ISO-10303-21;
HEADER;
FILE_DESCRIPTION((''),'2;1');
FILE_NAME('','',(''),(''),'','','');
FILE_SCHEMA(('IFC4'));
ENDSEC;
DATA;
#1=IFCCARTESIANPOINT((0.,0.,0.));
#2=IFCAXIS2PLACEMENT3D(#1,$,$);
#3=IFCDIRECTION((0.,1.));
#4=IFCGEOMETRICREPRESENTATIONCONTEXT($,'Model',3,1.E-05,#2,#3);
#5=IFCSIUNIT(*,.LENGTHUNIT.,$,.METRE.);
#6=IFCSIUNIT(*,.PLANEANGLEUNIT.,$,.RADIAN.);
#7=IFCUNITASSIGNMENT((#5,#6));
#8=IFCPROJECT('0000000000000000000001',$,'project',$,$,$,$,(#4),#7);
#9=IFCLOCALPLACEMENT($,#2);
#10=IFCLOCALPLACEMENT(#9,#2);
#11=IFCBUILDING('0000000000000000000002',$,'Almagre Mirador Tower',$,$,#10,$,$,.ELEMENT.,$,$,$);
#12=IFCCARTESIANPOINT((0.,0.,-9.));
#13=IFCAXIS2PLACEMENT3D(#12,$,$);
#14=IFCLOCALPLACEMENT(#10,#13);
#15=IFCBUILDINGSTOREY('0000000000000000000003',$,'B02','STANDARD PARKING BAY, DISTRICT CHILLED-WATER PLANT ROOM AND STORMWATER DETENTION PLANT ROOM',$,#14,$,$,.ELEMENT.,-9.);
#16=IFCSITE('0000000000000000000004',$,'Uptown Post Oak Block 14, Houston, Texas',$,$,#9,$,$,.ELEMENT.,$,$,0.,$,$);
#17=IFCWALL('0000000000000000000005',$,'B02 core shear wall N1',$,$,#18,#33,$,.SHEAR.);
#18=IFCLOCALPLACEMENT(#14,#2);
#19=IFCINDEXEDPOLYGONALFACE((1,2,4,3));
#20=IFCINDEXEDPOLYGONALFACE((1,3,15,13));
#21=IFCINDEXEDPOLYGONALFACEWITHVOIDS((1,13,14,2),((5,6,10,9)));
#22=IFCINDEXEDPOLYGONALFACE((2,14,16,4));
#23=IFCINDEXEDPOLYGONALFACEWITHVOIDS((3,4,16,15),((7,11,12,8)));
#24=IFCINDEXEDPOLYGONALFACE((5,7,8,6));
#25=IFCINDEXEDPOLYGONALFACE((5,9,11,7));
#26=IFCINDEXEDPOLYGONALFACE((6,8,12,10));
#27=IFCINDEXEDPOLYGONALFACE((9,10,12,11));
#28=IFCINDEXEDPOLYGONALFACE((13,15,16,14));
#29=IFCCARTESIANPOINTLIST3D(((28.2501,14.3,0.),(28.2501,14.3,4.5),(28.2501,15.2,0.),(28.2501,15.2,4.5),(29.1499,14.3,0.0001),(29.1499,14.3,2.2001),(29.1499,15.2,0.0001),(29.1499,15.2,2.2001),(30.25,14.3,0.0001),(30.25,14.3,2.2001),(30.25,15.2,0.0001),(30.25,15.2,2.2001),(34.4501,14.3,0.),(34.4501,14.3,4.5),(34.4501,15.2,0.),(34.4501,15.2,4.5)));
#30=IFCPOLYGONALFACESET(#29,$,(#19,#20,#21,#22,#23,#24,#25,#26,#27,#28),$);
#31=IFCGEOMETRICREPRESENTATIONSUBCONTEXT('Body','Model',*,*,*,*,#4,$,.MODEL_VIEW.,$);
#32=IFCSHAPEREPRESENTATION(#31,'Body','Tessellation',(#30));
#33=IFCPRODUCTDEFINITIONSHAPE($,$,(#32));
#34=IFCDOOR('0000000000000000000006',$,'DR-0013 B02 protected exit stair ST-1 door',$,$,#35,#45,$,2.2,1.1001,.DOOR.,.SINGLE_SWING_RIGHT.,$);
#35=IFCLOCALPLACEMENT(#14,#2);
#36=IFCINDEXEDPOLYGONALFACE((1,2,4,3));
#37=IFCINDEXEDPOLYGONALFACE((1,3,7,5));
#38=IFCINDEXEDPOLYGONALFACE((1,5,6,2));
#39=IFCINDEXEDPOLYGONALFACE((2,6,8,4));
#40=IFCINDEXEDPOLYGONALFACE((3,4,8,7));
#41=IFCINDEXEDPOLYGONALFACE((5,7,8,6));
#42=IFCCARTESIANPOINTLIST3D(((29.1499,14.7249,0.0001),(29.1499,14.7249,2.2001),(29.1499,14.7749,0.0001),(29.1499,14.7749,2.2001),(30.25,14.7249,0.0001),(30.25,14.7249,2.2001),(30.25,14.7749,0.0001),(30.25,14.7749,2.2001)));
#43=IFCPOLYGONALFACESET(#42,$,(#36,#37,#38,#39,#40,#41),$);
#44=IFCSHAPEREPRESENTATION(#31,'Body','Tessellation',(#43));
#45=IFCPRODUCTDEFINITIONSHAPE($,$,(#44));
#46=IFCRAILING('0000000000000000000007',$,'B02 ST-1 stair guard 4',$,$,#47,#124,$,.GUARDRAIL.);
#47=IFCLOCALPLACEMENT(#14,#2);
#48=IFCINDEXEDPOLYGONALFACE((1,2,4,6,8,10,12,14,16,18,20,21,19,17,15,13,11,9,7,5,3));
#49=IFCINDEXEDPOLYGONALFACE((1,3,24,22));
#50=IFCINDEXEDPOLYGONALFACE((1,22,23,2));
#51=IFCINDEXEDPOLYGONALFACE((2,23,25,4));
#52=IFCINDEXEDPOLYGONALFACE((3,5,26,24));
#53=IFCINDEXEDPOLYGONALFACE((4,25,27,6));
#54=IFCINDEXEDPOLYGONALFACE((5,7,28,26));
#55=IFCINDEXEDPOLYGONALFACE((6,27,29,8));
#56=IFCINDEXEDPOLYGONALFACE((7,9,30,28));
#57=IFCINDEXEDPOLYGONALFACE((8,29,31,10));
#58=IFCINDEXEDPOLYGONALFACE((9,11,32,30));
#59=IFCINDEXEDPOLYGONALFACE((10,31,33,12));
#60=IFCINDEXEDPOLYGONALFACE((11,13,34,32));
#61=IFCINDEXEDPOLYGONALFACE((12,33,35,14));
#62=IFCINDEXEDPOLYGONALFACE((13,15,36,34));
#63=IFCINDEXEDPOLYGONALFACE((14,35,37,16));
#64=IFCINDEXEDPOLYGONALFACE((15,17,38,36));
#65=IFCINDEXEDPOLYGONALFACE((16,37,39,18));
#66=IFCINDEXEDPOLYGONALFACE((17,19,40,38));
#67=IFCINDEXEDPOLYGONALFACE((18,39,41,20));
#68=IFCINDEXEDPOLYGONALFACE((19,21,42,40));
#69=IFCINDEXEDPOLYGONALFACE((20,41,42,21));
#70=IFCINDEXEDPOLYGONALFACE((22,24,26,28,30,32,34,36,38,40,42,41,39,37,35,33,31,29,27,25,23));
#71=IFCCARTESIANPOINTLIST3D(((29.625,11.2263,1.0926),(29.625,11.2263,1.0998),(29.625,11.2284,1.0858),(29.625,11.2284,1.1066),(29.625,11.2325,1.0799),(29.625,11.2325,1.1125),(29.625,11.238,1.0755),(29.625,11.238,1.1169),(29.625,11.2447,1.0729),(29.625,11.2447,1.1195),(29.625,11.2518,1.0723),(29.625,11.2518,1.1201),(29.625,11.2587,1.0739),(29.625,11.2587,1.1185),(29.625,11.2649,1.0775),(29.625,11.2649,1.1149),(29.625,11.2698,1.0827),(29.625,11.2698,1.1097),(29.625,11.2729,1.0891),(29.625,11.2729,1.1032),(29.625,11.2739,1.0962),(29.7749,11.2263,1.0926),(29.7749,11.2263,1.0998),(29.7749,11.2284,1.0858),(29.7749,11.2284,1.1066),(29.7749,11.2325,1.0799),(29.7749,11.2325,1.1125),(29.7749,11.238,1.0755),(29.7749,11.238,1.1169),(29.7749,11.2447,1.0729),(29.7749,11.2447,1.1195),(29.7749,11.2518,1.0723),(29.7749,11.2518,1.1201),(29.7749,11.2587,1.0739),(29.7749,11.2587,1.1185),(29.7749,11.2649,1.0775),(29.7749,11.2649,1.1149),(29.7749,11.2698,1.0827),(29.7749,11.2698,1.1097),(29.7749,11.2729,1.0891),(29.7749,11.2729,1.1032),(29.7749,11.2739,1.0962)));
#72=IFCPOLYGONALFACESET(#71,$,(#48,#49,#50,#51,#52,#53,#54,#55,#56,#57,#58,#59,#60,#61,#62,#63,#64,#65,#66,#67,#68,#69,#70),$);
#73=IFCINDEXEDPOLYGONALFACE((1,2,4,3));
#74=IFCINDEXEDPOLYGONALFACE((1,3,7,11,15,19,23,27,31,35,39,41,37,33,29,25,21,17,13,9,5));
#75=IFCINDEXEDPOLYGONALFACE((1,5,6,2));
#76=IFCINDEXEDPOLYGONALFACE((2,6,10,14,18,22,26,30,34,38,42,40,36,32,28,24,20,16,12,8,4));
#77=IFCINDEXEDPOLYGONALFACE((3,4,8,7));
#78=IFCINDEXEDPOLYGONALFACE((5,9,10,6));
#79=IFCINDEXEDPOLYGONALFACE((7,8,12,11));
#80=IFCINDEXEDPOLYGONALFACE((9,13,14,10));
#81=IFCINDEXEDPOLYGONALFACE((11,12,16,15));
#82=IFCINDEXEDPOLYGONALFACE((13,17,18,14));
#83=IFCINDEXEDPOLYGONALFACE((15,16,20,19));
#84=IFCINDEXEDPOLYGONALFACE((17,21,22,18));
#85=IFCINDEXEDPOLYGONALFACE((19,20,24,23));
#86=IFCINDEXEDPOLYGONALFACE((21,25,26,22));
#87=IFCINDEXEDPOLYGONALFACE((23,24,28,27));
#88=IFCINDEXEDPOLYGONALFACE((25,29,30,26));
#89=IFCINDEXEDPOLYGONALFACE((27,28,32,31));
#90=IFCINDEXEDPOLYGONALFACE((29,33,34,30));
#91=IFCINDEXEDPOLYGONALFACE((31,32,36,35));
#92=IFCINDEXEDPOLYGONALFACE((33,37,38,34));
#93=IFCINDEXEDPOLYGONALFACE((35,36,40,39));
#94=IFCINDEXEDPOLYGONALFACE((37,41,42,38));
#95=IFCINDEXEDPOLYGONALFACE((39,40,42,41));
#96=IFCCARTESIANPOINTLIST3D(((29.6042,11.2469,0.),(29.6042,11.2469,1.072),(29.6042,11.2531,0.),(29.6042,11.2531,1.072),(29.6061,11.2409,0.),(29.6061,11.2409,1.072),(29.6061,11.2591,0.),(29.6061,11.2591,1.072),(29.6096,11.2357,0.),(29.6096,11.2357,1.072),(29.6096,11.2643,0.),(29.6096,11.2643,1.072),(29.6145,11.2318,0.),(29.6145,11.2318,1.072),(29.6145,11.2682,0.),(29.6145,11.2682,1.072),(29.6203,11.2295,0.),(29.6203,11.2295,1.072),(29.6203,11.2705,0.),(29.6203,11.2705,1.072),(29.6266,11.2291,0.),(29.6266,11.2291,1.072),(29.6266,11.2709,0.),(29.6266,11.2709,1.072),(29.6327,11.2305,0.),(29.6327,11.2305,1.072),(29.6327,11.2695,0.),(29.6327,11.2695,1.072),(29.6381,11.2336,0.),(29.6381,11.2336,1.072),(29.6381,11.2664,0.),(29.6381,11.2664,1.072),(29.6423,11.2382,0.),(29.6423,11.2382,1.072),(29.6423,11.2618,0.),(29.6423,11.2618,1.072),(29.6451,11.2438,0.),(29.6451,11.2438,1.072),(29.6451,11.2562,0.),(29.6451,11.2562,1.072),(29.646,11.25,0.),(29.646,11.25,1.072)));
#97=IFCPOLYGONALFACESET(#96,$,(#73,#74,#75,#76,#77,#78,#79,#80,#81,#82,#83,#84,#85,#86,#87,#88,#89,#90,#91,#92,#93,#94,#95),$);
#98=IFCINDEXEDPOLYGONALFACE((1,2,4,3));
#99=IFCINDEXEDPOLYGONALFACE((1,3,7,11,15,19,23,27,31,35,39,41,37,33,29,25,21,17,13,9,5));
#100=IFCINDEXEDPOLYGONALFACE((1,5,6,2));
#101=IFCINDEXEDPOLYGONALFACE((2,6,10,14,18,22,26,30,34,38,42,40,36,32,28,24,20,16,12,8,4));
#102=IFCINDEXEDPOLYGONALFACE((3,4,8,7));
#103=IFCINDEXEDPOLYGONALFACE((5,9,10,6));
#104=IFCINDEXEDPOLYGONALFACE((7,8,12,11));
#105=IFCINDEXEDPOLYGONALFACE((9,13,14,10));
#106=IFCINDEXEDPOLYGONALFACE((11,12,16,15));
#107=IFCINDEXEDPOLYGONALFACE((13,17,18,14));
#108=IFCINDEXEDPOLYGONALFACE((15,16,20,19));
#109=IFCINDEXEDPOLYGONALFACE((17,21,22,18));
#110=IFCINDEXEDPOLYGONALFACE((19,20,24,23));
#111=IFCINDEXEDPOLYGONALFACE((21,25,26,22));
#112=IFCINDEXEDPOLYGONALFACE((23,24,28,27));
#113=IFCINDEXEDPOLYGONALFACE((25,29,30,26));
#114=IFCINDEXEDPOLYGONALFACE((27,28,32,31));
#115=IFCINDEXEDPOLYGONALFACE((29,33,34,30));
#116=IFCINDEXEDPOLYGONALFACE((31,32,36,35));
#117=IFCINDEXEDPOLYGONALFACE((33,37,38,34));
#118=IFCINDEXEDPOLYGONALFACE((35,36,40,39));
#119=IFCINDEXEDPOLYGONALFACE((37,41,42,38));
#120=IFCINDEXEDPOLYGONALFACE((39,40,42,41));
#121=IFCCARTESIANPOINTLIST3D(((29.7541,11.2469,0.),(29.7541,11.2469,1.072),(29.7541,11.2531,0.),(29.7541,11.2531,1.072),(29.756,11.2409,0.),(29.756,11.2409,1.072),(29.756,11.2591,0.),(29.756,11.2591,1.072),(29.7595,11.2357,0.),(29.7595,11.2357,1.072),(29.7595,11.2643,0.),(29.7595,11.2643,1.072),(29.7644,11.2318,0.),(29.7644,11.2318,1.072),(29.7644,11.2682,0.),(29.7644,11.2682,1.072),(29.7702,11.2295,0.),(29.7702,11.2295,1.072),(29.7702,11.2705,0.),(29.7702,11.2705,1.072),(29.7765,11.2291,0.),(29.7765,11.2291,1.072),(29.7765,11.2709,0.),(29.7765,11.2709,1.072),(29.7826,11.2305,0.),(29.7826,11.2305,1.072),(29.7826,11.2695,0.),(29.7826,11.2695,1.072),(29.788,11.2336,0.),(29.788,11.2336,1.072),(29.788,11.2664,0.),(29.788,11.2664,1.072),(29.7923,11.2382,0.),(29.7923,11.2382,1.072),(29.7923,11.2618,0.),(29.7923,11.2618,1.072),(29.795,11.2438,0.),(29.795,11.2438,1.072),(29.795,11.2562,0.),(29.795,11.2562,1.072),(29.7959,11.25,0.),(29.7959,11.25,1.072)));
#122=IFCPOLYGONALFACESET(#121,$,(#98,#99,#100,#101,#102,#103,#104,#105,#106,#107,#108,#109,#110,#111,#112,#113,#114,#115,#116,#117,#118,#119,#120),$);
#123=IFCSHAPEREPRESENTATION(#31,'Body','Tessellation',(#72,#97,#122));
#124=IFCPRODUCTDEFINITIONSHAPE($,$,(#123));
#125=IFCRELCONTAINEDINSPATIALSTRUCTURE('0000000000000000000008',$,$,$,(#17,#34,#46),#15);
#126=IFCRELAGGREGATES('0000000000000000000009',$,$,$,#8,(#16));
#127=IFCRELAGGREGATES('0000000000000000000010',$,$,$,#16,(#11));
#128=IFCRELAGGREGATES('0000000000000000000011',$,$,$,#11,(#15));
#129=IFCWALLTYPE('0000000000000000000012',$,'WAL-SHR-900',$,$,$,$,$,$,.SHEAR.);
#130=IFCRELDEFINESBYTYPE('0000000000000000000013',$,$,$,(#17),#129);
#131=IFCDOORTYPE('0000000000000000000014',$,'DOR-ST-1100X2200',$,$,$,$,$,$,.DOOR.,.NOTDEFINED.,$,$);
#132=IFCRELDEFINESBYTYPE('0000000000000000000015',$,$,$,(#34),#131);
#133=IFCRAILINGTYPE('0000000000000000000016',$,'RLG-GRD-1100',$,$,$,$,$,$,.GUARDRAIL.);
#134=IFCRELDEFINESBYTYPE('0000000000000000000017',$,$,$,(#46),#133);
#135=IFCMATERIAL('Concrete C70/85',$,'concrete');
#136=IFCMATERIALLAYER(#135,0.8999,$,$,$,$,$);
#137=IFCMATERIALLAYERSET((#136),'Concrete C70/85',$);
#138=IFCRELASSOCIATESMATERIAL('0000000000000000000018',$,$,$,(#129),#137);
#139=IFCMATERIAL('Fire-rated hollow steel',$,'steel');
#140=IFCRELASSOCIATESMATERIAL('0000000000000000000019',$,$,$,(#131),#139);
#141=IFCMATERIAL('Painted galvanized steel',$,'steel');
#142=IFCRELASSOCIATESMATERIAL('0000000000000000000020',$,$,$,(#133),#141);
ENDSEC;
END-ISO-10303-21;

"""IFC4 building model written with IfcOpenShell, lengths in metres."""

from ifc_helpers import new_model, si_unit, direction, frame, frame_2d, origin, origin_2d, place, context, subcontext, project, spatial, rectangle, circle, extrude, material, layer, layer_set, type_object, element, fill, save


model = new_model("IFC4")

# Units and contexts
model_context = context("Model", 3, precision=1e-05, world=origin(), true_north=direction((0.0, 1.0)))
body_context = subcontext(model_context, "Body", "Model", "MODEL_VIEW")
ifc_project = project(units=[si_unit("LENGTHUNIT", "METRE"), si_unit("PLANEANGLEUNIT", "RADIAN")], contexts=[model_context])

# Site, building, storey
site_placement = place(None, origin())
site = spatial("IfcSite", under=ifc_project, at=site_placement, Name="Uptown Post Oak Block 14, Houston, Texas", CompositionType="ELEMENT", RefElevation=0.0)
building_placement = place(site_placement, origin())
building = spatial("IfcBuilding", under=site, at=building_placement, Name="Almagre Mirador Tower", CompositionType="ELEMENT")
storey_placement = place(building_placement, frame((0.0, 0.0, -9.0)))
storey = spatial("IfcBuildingStorey", under=building, at=storey_placement, Name="B02", Description="STANDARD PARKING BAY, DISTRICT CHILLED-WATER PLANT ROOM AND STORMWATER DETENTION PLANT ROOM", CompositionType="ELEMENT", Elevation=-9.0)

# Wall, opening, door
ifc_material_1 = material(Name="Concrete C70/85", Category="concrete")
ifc_layer_1 = layer(ifc_material_1, 0.8999)
ifc_layer_set_1 = layer_set([ifc_layer_1], Name="Concrete C70/85")
wall_type_1 = type_object("IfcWallType", Name="WAL-SHR-900", PredefinedType="SHEAR", material=ifc_layer_set_1)
wall_1_placement = place(storey_placement, frame((28.25, 14.75, 0.0), z_axis=(0.0, 0.0, 1.0), x_axis=(1.0, 0.0, 0.0)))
wall_1 = element("IfcWall", 1, at=wall_1_placement, inside=storey, type_object=wall_type_1, Name="B02 core shear wall N1", PredefinedType="SHEAR", context=body_context, shape_type="SweptSolid", body=[
    extrude(rectangle(XDim=6.2, YDim=0.8999, at=frame_2d((3.1001, 0.0))), origin(), (0.0, 0.0, 1.0), 4.5),
])
opening_1_placement = place(wall_1_placement, frame((0.8999, 0.0, 0.0)))
opening_1 = element("IfcOpeningElement", 2, at=opening_1_placement, cuts=wall_1, PredefinedType="OPENING", context=body_context, shape_type="SweptSolid", body=[
    extrude(rectangle(XDim=1.1001, YDim=2.2, at=frame_2d((0.55, 1.1001))), frame((0.0, 0.46, 0.0), z_axis=(0.0, -1.0, 0.0), x_axis=(1.0, 0.0, 0.0)), (0.0, 0.0, 1.0), 0.9199),
])
ifc_material_2 = material(Name="Fire-rated hollow steel", Category="steel")
door_type_1 = type_object("IfcDoorType", Name="DOR-ST-1100X2200", OperationType="NOTDEFINED", PredefinedType="DOOR", material=ifc_material_2)
door_1_placement = place(opening_1_placement, origin())
door_1 = element("IfcDoor", 3, at=door_1_placement, inside=storey, type_object=door_type_1, Name="DR-0013 B02 protected exit stair ST-1 door", OperationType="SINGLE_SWING_RIGHT", OverallHeight=2.2, OverallWidth=1.1001, PredefinedType="DOOR", context=body_context, shape_type="SweptSolid", body=[
    extrude(rectangle(XDim=1.1001, YDim=2.2, at=frame_2d((0.55, 1.1001))), frame((0.0, 0.0249, 0.0), z_axis=(0.0, -1.0, 0.0), x_axis=(1.0, 0.0, 0.0)), (0.0, 0.0, 1.0), 0.05),
])
fill(opening_1, door_1)

# Railing
ifc_material_3 = material(Name="Painted galvanized steel", Category="steel")
railing_type = type_object("IfcRailingType", Name="RLG-GRD-1100", PredefinedType="GUARDRAIL", material=ifc_material_3)
railing_placement = place(storey_placement, frame((29.625, 11.25, 0.0)))
element("IfcRailing", 4, at=railing_placement, inside=storey, type_object=railing_type, Name="B02 ST-1 stair guard 4", PredefinedType="GUARDRAIL", context=body_context, shape_type="SweptSolid", body=[
    extrude(circle(Radius=0.0239, at=origin_2d()), frame((0.0, 0.0, 1.0962), z_axis=(1.0, 0.0, 0.0), x_axis=(0.0, 1.0, 0.0)), (0.0, 0.0, 1.0), 0.1499),
    extrude(circle(Radius=0.021, at=origin_2d()), origin(), (0.0, 0.0, 1.0), 1.072),
    extrude(circle(Radius=0.021, at=origin_2d()), frame((0.1499, 0.0, 0.0)), (0.0, 0.0, 1.0), 1.072),
])

save(model, "model.ifc")
